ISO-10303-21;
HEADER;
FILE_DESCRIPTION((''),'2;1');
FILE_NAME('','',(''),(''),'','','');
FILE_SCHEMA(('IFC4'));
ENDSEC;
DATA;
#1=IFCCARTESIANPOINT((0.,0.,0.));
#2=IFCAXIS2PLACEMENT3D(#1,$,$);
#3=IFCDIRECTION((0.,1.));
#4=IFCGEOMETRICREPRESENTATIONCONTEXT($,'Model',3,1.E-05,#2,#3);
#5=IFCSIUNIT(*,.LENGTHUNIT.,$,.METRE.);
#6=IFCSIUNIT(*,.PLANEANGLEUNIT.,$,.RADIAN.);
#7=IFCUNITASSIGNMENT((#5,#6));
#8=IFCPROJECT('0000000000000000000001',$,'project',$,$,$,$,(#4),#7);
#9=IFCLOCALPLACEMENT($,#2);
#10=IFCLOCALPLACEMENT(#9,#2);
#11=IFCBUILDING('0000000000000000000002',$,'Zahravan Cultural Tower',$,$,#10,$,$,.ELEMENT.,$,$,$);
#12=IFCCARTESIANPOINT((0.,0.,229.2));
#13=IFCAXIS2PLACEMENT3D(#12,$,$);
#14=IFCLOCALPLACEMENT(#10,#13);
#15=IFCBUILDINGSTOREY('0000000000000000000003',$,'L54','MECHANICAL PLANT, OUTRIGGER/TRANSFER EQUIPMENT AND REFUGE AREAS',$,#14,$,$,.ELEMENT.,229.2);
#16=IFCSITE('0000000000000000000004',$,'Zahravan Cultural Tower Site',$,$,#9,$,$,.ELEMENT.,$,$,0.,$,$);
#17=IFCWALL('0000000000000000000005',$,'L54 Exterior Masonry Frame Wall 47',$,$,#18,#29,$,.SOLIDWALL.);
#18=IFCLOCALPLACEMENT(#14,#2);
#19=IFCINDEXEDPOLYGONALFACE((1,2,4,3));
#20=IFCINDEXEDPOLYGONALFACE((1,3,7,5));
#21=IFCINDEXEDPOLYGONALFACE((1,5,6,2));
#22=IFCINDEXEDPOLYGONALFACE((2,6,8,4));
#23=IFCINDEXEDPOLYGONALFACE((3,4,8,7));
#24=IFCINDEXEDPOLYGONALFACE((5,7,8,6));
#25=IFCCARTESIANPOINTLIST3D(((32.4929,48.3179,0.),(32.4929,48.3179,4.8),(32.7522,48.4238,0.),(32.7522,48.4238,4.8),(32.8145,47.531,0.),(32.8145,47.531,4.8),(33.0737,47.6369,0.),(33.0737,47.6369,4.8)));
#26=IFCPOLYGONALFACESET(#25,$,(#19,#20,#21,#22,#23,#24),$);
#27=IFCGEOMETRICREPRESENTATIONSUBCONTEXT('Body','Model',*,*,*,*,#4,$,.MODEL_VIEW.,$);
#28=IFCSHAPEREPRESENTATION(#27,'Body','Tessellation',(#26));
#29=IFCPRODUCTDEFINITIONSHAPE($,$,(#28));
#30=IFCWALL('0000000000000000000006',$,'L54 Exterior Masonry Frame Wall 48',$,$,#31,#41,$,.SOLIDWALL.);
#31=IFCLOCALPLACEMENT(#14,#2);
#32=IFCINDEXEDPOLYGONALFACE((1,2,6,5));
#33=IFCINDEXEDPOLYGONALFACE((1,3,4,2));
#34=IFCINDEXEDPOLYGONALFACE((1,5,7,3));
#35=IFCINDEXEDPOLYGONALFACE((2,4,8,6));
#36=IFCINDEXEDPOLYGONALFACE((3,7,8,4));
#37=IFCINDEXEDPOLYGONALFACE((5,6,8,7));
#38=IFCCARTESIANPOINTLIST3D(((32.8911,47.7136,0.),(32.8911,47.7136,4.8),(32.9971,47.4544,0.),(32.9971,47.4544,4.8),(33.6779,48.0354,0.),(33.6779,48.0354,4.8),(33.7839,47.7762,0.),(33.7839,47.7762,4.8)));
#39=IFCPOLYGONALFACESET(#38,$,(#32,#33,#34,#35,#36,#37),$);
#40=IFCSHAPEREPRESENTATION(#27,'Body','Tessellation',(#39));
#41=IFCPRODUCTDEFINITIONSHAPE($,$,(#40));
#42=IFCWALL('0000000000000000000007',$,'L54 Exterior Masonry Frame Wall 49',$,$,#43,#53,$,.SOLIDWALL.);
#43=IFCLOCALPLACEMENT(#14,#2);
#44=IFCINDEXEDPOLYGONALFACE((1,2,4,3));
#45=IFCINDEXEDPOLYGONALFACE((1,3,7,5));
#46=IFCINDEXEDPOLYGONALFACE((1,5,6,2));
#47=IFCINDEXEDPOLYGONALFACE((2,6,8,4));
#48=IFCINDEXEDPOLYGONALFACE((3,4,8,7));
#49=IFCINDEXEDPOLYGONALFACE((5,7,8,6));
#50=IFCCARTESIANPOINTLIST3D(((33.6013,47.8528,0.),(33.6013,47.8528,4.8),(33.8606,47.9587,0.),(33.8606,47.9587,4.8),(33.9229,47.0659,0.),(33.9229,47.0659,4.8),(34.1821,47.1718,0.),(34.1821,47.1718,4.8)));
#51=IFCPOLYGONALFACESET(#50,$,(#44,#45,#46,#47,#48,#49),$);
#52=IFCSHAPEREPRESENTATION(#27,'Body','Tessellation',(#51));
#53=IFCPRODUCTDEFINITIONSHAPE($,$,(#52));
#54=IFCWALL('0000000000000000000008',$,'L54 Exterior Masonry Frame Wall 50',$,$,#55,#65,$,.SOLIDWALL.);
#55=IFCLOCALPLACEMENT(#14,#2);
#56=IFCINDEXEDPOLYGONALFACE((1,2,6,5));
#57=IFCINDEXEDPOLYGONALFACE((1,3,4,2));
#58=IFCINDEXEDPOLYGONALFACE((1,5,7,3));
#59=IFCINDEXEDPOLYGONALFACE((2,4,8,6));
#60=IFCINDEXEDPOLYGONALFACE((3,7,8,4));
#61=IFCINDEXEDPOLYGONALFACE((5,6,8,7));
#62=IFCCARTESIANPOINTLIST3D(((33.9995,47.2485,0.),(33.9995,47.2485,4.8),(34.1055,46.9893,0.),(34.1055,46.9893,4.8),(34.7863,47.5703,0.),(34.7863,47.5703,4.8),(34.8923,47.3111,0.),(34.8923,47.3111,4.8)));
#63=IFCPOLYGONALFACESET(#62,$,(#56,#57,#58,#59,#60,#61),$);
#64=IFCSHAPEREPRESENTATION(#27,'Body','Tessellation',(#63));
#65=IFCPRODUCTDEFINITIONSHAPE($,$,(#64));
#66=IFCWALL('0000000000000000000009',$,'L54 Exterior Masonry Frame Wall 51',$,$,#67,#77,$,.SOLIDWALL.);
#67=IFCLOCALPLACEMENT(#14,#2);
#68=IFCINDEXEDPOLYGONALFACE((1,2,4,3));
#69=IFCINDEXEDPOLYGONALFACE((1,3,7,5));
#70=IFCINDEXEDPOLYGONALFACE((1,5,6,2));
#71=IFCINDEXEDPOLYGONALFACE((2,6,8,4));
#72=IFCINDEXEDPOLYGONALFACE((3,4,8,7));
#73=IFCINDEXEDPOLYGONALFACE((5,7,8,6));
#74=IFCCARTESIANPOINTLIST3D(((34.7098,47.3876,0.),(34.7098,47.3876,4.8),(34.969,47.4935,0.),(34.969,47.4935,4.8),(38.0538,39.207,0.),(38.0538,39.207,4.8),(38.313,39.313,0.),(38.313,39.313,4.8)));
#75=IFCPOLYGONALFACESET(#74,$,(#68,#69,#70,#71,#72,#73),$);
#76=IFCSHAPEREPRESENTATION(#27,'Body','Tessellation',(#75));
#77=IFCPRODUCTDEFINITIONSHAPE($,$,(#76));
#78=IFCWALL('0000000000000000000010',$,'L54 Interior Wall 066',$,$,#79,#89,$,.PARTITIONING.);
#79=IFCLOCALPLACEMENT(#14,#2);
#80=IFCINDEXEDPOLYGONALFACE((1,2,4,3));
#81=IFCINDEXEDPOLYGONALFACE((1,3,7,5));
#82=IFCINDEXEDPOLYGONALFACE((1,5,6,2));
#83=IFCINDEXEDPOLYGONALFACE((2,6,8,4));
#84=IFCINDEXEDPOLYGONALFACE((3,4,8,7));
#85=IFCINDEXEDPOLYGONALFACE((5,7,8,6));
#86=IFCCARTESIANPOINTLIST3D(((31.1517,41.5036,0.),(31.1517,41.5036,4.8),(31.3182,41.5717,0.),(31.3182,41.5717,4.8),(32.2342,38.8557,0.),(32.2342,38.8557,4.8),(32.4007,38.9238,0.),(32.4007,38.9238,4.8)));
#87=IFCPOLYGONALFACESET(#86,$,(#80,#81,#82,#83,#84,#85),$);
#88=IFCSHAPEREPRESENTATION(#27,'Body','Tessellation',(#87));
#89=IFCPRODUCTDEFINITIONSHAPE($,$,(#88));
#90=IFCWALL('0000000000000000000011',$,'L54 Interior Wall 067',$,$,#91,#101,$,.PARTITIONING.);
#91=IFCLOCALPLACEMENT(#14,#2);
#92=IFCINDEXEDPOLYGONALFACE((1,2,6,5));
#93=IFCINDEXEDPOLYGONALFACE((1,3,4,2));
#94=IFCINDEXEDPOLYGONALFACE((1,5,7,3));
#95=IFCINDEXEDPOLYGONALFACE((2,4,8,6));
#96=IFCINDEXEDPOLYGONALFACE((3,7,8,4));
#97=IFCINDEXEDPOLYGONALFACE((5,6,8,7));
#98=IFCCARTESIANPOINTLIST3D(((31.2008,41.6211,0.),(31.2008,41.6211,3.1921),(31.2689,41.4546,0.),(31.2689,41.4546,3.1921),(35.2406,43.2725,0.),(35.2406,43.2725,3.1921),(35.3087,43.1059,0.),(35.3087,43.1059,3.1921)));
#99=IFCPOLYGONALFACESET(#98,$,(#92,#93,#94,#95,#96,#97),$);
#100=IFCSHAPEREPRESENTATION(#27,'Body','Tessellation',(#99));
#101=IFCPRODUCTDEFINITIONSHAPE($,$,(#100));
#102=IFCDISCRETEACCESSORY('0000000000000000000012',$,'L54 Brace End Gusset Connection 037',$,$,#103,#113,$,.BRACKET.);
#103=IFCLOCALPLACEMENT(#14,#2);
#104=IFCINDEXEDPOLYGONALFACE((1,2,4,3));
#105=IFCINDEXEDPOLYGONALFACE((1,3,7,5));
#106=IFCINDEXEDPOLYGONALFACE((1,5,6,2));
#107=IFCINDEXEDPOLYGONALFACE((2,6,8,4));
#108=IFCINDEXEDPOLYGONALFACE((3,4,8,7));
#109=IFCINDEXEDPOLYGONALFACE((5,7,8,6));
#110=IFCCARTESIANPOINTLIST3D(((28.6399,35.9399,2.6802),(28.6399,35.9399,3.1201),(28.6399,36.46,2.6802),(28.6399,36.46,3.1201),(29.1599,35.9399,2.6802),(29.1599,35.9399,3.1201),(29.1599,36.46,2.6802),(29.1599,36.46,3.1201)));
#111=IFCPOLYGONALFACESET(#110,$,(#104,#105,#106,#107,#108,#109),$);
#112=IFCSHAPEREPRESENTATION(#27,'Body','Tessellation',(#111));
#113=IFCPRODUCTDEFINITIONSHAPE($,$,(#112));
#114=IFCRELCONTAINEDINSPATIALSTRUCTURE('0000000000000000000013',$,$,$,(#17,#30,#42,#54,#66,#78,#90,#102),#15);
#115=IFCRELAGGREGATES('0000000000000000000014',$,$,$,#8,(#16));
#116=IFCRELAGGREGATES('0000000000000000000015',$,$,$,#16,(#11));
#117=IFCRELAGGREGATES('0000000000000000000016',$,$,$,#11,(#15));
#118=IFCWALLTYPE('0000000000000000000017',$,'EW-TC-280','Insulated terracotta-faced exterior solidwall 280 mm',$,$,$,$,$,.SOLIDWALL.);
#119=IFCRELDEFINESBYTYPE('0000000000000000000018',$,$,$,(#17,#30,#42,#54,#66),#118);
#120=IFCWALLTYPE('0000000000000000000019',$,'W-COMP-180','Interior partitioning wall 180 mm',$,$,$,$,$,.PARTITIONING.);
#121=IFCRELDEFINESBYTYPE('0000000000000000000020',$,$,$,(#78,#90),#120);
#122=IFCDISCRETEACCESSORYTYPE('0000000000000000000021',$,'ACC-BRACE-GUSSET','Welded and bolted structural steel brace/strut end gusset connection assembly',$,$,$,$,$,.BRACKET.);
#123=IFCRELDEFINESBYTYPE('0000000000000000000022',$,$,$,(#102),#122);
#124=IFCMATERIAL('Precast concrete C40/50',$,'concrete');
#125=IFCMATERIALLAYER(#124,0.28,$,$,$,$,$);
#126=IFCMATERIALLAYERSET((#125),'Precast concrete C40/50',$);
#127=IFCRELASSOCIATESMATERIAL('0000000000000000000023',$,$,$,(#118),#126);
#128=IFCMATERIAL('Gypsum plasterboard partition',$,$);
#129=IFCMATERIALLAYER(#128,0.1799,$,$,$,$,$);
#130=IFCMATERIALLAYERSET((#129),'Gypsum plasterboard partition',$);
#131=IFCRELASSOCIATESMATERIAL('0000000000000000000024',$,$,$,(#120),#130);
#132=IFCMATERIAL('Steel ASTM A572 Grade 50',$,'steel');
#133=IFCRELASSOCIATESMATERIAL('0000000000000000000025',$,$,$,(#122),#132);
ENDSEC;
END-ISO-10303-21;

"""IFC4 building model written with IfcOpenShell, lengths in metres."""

from ifc_helpers import new_model, si_unit, direction, frame, frame_2d, origin, origin_2d, place, context, subcontext, project, spatial, rectangle, extrude, source, transform, mapped, material, layer, layer_set, type_object, element, save


model = new_model("IFC4")

# Units and contexts
model_context = context("Model", 3, precision=1e-05, world=origin(), true_north=direction((0.0, 1.0)))
body_context = subcontext(model_context, "Body", "Model", "MODEL_VIEW")
ifc_project = project(units=[si_unit("LENGTHUNIT", "METRE"), si_unit("PLANEANGLEUNIT", "RADIAN")], contexts=[model_context])

# Site, building, storey
site_placement = place(None, origin())
site = spatial("IfcSite", under=ifc_project, at=site_placement, Name="Zahravan Cultural Tower Site", CompositionType="ELEMENT", RefElevation=0.0)
building_placement = place(site_placement, origin())
building = spatial("IfcBuilding", under=site, at=building_placement, Name="Zahravan Cultural Tower", CompositionType="ELEMENT")
storey_placement = place(building_placement, frame((0.0, 0.0, 229.2)))
storey = spatial("IfcBuildingStorey", under=building, at=storey_placement, Name="L54", Description="MECHANICAL PLANT, OUTRIGGER/TRANSFER EQUIPMENT AND REFUGE AREAS", CompositionType="ELEMENT", Elevation=229.2)

# Shared definitions
ifc_material_1 = material(Name="Steel ASTM A572 Grade 50", Category="steel")

# Walls
ifc_material_2 = material(Name="Precast concrete C40/50", Category="concrete")
ifc_layer_1 = layer(ifc_material_2, 0.28)
ifc_layer_set_1 = layer_set([ifc_layer_1], Name="Precast concrete C40/50")
wall_type_1 = type_object("IfcWallType", Name="EW-TC-280", Description="Insulated terracotta-faced exterior solidwall 280 mm", PredefinedType="SOLIDWALL", material=ifc_layer_set_1)
shared_shape_1 = source(origin(), body_context, "Body", "SweptSolid", [
    extrude(rectangle(XDim=0.8501, YDim=0.28, at=frame_2d((0.425, 0.0))), origin(), (0.0, 0.0, 1.0), 4.8),
])
for number, where, z_axis, x_axis, name in (
    (1, (32.6226, 48.3708, 0.0), (0.0, 0.0, 1.0), (0.378264, -0.925698, 0.0), "L54 Exterior Masonry Frame Wall 47"),
    (2, (32.9441, 47.584, 0.0), (0.0, 0.0, 1.0), (0.925597, 0.37851, 0.0), "L54 Exterior Masonry Frame Wall 48"),
    (3, (33.731, 47.9058, 0.0), (0.0, 0.0, 1.0), (0.378264, -0.925698, 0.0), "L54 Exterior Masonry Frame Wall 49"),
    (4, (34.0525, 47.1189, 0.0), (0.0, 0.0, 1.0), (0.925597, 0.37851, 0.0), "L54 Exterior Masonry Frame Wall 50"),
):
    element("IfcWall", number, at=place(storey_placement, frame(where, z_axis=z_axis, x_axis=x_axis)), inside=storey, type_object=wall_type_1, Name=name, PredefinedType="SOLIDWALL", context=body_context, shape_type="MappedRepresentation", body=[
        mapped(shared_shape_1, transform((0.0, 0.0, 0.0), x_axis=(1.0, 0.0, 0.0), y_axis=(0.0, 1.0, 0.0), z_axis=(0.0, 0.0, 1.0), scale=1.0)),
    ])
shared_shape_2 = source(origin(), body_context, "Body", "SweptSolid", [
    extrude(rectangle(XDim=8.8376, YDim=0.28, at=frame_2d((4.4189, 0.0))), origin(), (0.0, 0.0, 1.0), 4.8),
])
wall_1_placement = place(storey_placement, frame((34.8394, 47.4407, 0.0), z_axis=(0.0, 0.0, 1.0), x_axis=(0.378377, -0.925652, 0.0)))
element("IfcWall", 5, at=wall_1_placement, inside=storey, type_object=wall_type_1, Name="L54 Exterior Masonry Frame Wall 51", PredefinedType="SOLIDWALL", context=body_context, shape_type="MappedRepresentation", body=[
    mapped(shared_shape_2, transform((0.0, 0.0, 0.0), x_axis=(1.0, 0.0, 0.0), y_axis=(0.0, 1.0, 0.0), z_axis=(0.0, 0.0, 1.0), scale=1.0)),
])
ifc_material_3 = material(Name="Gypsum plasterboard partition")
ifc_layer_2 = layer(ifc_material_3, 0.1799)
ifc_layer_set_2 = layer_set([ifc_layer_2], Name="Gypsum plasterboard partition")
wall_type_2 = type_object("IfcWallType", Name="W-COMP-180", Description="Interior partitioning wall 180 mm", PredefinedType="PARTITIONING", material=ifc_layer_set_2)
shared_shape_3 = source(origin(), body_context, "Body", "SweptSolid", [
    extrude(rectangle(XDim=2.8606, YDim=0.1799, at=frame_2d((1.4302, 0.0))), origin(), (0.0, 0.0, 1.0), 4.8),
])
wall_2_placement = place(storey_placement, frame((32.3174, 38.8899, 0.0), z_axis=(0.0, 0.0, 1.0), x_axis=(-0.378414, 0.925637, 0.0)))
element("IfcWall", 6, at=wall_2_placement, inside=storey, type_object=wall_type_2, Name="L54 Interior Wall 066", PredefinedType="PARTITIONING", context=body_context, shape_type="MappedRepresentation", body=[
    mapped(shared_shape_3, transform((0.0, 0.0, 0.0), x_axis=(1.0, 0.0, 0.0), y_axis=(0.0, 1.0, 0.0), z_axis=(0.0, 0.0, 1.0), scale=1.0)),
])
shared_shape_4 = source(origin(), body_context, "Body", "SweptSolid", [
    extrude(rectangle(XDim=4.3643, YDim=0.1799, at=frame_2d((2.1821, 0.0))), origin(), (0.0, 0.0, 1.0), 3.1921),
])
wall_3_placement = place(storey_placement, frame((31.2349, 41.5378, 0.0), z_axis=(0.0, 0.0, 1.0), x_axis=(0.925649, 0.378382, 0.0)))
element("IfcWall", 7, at=wall_3_placement, inside=storey, type_object=wall_type_2, Name="L54 Interior Wall 067", PredefinedType="PARTITIONING", context=body_context, shape_type="MappedRepresentation", body=[
    mapped(shared_shape_4, transform((0.0, 0.0, 0.0), x_axis=(1.0, 0.0, 0.0), y_axis=(0.0, 1.0, 0.0), z_axis=(0.0, 0.0, 1.0), scale=1.0)),
])

# Discrete accessory
discrete_accessory_type = type_object("IfcDiscreteAccessoryType", Name="ACC-BRACE-GUSSET", Description="Welded and bolted structural steel brace/strut end gusset connection assembly", PredefinedType="BRACKET", material=ifc_material_1)
shared_shape_5 = source(origin(), body_context, "Body", "SweptSolid", [
    extrude(rectangle(XDim=0.52, YDim=0.52, at=origin_2d()), origin(), (0.0, 0.0, 1.0), 0.4399),
])
discrete_accessory_placement = place(storey_placement, frame((28.8999, 36.2, 2.6802), z_axis=(0.0, 0.0, 1.0), x_axis=(1.0, 0.0, 0.0)))
element("IfcDiscreteAccessory", 8, at=discrete_accessory_placement, inside=storey, type_object=discrete_accessory_type, Name="L54 Brace End Gusset Connection 037", PredefinedType="BRACKET", context=body_context, shape_type="MappedRepresentation", body=[
    mapped(shared_shape_5, transform((0.0, 0.0, 0.0), x_axis=(1.0, 0.0, 0.0), y_axis=(0.0, 1.0, 0.0), z_axis=(0.0, 0.0, 1.0), scale=1.0)),
])

save(model, "model.ifc")
